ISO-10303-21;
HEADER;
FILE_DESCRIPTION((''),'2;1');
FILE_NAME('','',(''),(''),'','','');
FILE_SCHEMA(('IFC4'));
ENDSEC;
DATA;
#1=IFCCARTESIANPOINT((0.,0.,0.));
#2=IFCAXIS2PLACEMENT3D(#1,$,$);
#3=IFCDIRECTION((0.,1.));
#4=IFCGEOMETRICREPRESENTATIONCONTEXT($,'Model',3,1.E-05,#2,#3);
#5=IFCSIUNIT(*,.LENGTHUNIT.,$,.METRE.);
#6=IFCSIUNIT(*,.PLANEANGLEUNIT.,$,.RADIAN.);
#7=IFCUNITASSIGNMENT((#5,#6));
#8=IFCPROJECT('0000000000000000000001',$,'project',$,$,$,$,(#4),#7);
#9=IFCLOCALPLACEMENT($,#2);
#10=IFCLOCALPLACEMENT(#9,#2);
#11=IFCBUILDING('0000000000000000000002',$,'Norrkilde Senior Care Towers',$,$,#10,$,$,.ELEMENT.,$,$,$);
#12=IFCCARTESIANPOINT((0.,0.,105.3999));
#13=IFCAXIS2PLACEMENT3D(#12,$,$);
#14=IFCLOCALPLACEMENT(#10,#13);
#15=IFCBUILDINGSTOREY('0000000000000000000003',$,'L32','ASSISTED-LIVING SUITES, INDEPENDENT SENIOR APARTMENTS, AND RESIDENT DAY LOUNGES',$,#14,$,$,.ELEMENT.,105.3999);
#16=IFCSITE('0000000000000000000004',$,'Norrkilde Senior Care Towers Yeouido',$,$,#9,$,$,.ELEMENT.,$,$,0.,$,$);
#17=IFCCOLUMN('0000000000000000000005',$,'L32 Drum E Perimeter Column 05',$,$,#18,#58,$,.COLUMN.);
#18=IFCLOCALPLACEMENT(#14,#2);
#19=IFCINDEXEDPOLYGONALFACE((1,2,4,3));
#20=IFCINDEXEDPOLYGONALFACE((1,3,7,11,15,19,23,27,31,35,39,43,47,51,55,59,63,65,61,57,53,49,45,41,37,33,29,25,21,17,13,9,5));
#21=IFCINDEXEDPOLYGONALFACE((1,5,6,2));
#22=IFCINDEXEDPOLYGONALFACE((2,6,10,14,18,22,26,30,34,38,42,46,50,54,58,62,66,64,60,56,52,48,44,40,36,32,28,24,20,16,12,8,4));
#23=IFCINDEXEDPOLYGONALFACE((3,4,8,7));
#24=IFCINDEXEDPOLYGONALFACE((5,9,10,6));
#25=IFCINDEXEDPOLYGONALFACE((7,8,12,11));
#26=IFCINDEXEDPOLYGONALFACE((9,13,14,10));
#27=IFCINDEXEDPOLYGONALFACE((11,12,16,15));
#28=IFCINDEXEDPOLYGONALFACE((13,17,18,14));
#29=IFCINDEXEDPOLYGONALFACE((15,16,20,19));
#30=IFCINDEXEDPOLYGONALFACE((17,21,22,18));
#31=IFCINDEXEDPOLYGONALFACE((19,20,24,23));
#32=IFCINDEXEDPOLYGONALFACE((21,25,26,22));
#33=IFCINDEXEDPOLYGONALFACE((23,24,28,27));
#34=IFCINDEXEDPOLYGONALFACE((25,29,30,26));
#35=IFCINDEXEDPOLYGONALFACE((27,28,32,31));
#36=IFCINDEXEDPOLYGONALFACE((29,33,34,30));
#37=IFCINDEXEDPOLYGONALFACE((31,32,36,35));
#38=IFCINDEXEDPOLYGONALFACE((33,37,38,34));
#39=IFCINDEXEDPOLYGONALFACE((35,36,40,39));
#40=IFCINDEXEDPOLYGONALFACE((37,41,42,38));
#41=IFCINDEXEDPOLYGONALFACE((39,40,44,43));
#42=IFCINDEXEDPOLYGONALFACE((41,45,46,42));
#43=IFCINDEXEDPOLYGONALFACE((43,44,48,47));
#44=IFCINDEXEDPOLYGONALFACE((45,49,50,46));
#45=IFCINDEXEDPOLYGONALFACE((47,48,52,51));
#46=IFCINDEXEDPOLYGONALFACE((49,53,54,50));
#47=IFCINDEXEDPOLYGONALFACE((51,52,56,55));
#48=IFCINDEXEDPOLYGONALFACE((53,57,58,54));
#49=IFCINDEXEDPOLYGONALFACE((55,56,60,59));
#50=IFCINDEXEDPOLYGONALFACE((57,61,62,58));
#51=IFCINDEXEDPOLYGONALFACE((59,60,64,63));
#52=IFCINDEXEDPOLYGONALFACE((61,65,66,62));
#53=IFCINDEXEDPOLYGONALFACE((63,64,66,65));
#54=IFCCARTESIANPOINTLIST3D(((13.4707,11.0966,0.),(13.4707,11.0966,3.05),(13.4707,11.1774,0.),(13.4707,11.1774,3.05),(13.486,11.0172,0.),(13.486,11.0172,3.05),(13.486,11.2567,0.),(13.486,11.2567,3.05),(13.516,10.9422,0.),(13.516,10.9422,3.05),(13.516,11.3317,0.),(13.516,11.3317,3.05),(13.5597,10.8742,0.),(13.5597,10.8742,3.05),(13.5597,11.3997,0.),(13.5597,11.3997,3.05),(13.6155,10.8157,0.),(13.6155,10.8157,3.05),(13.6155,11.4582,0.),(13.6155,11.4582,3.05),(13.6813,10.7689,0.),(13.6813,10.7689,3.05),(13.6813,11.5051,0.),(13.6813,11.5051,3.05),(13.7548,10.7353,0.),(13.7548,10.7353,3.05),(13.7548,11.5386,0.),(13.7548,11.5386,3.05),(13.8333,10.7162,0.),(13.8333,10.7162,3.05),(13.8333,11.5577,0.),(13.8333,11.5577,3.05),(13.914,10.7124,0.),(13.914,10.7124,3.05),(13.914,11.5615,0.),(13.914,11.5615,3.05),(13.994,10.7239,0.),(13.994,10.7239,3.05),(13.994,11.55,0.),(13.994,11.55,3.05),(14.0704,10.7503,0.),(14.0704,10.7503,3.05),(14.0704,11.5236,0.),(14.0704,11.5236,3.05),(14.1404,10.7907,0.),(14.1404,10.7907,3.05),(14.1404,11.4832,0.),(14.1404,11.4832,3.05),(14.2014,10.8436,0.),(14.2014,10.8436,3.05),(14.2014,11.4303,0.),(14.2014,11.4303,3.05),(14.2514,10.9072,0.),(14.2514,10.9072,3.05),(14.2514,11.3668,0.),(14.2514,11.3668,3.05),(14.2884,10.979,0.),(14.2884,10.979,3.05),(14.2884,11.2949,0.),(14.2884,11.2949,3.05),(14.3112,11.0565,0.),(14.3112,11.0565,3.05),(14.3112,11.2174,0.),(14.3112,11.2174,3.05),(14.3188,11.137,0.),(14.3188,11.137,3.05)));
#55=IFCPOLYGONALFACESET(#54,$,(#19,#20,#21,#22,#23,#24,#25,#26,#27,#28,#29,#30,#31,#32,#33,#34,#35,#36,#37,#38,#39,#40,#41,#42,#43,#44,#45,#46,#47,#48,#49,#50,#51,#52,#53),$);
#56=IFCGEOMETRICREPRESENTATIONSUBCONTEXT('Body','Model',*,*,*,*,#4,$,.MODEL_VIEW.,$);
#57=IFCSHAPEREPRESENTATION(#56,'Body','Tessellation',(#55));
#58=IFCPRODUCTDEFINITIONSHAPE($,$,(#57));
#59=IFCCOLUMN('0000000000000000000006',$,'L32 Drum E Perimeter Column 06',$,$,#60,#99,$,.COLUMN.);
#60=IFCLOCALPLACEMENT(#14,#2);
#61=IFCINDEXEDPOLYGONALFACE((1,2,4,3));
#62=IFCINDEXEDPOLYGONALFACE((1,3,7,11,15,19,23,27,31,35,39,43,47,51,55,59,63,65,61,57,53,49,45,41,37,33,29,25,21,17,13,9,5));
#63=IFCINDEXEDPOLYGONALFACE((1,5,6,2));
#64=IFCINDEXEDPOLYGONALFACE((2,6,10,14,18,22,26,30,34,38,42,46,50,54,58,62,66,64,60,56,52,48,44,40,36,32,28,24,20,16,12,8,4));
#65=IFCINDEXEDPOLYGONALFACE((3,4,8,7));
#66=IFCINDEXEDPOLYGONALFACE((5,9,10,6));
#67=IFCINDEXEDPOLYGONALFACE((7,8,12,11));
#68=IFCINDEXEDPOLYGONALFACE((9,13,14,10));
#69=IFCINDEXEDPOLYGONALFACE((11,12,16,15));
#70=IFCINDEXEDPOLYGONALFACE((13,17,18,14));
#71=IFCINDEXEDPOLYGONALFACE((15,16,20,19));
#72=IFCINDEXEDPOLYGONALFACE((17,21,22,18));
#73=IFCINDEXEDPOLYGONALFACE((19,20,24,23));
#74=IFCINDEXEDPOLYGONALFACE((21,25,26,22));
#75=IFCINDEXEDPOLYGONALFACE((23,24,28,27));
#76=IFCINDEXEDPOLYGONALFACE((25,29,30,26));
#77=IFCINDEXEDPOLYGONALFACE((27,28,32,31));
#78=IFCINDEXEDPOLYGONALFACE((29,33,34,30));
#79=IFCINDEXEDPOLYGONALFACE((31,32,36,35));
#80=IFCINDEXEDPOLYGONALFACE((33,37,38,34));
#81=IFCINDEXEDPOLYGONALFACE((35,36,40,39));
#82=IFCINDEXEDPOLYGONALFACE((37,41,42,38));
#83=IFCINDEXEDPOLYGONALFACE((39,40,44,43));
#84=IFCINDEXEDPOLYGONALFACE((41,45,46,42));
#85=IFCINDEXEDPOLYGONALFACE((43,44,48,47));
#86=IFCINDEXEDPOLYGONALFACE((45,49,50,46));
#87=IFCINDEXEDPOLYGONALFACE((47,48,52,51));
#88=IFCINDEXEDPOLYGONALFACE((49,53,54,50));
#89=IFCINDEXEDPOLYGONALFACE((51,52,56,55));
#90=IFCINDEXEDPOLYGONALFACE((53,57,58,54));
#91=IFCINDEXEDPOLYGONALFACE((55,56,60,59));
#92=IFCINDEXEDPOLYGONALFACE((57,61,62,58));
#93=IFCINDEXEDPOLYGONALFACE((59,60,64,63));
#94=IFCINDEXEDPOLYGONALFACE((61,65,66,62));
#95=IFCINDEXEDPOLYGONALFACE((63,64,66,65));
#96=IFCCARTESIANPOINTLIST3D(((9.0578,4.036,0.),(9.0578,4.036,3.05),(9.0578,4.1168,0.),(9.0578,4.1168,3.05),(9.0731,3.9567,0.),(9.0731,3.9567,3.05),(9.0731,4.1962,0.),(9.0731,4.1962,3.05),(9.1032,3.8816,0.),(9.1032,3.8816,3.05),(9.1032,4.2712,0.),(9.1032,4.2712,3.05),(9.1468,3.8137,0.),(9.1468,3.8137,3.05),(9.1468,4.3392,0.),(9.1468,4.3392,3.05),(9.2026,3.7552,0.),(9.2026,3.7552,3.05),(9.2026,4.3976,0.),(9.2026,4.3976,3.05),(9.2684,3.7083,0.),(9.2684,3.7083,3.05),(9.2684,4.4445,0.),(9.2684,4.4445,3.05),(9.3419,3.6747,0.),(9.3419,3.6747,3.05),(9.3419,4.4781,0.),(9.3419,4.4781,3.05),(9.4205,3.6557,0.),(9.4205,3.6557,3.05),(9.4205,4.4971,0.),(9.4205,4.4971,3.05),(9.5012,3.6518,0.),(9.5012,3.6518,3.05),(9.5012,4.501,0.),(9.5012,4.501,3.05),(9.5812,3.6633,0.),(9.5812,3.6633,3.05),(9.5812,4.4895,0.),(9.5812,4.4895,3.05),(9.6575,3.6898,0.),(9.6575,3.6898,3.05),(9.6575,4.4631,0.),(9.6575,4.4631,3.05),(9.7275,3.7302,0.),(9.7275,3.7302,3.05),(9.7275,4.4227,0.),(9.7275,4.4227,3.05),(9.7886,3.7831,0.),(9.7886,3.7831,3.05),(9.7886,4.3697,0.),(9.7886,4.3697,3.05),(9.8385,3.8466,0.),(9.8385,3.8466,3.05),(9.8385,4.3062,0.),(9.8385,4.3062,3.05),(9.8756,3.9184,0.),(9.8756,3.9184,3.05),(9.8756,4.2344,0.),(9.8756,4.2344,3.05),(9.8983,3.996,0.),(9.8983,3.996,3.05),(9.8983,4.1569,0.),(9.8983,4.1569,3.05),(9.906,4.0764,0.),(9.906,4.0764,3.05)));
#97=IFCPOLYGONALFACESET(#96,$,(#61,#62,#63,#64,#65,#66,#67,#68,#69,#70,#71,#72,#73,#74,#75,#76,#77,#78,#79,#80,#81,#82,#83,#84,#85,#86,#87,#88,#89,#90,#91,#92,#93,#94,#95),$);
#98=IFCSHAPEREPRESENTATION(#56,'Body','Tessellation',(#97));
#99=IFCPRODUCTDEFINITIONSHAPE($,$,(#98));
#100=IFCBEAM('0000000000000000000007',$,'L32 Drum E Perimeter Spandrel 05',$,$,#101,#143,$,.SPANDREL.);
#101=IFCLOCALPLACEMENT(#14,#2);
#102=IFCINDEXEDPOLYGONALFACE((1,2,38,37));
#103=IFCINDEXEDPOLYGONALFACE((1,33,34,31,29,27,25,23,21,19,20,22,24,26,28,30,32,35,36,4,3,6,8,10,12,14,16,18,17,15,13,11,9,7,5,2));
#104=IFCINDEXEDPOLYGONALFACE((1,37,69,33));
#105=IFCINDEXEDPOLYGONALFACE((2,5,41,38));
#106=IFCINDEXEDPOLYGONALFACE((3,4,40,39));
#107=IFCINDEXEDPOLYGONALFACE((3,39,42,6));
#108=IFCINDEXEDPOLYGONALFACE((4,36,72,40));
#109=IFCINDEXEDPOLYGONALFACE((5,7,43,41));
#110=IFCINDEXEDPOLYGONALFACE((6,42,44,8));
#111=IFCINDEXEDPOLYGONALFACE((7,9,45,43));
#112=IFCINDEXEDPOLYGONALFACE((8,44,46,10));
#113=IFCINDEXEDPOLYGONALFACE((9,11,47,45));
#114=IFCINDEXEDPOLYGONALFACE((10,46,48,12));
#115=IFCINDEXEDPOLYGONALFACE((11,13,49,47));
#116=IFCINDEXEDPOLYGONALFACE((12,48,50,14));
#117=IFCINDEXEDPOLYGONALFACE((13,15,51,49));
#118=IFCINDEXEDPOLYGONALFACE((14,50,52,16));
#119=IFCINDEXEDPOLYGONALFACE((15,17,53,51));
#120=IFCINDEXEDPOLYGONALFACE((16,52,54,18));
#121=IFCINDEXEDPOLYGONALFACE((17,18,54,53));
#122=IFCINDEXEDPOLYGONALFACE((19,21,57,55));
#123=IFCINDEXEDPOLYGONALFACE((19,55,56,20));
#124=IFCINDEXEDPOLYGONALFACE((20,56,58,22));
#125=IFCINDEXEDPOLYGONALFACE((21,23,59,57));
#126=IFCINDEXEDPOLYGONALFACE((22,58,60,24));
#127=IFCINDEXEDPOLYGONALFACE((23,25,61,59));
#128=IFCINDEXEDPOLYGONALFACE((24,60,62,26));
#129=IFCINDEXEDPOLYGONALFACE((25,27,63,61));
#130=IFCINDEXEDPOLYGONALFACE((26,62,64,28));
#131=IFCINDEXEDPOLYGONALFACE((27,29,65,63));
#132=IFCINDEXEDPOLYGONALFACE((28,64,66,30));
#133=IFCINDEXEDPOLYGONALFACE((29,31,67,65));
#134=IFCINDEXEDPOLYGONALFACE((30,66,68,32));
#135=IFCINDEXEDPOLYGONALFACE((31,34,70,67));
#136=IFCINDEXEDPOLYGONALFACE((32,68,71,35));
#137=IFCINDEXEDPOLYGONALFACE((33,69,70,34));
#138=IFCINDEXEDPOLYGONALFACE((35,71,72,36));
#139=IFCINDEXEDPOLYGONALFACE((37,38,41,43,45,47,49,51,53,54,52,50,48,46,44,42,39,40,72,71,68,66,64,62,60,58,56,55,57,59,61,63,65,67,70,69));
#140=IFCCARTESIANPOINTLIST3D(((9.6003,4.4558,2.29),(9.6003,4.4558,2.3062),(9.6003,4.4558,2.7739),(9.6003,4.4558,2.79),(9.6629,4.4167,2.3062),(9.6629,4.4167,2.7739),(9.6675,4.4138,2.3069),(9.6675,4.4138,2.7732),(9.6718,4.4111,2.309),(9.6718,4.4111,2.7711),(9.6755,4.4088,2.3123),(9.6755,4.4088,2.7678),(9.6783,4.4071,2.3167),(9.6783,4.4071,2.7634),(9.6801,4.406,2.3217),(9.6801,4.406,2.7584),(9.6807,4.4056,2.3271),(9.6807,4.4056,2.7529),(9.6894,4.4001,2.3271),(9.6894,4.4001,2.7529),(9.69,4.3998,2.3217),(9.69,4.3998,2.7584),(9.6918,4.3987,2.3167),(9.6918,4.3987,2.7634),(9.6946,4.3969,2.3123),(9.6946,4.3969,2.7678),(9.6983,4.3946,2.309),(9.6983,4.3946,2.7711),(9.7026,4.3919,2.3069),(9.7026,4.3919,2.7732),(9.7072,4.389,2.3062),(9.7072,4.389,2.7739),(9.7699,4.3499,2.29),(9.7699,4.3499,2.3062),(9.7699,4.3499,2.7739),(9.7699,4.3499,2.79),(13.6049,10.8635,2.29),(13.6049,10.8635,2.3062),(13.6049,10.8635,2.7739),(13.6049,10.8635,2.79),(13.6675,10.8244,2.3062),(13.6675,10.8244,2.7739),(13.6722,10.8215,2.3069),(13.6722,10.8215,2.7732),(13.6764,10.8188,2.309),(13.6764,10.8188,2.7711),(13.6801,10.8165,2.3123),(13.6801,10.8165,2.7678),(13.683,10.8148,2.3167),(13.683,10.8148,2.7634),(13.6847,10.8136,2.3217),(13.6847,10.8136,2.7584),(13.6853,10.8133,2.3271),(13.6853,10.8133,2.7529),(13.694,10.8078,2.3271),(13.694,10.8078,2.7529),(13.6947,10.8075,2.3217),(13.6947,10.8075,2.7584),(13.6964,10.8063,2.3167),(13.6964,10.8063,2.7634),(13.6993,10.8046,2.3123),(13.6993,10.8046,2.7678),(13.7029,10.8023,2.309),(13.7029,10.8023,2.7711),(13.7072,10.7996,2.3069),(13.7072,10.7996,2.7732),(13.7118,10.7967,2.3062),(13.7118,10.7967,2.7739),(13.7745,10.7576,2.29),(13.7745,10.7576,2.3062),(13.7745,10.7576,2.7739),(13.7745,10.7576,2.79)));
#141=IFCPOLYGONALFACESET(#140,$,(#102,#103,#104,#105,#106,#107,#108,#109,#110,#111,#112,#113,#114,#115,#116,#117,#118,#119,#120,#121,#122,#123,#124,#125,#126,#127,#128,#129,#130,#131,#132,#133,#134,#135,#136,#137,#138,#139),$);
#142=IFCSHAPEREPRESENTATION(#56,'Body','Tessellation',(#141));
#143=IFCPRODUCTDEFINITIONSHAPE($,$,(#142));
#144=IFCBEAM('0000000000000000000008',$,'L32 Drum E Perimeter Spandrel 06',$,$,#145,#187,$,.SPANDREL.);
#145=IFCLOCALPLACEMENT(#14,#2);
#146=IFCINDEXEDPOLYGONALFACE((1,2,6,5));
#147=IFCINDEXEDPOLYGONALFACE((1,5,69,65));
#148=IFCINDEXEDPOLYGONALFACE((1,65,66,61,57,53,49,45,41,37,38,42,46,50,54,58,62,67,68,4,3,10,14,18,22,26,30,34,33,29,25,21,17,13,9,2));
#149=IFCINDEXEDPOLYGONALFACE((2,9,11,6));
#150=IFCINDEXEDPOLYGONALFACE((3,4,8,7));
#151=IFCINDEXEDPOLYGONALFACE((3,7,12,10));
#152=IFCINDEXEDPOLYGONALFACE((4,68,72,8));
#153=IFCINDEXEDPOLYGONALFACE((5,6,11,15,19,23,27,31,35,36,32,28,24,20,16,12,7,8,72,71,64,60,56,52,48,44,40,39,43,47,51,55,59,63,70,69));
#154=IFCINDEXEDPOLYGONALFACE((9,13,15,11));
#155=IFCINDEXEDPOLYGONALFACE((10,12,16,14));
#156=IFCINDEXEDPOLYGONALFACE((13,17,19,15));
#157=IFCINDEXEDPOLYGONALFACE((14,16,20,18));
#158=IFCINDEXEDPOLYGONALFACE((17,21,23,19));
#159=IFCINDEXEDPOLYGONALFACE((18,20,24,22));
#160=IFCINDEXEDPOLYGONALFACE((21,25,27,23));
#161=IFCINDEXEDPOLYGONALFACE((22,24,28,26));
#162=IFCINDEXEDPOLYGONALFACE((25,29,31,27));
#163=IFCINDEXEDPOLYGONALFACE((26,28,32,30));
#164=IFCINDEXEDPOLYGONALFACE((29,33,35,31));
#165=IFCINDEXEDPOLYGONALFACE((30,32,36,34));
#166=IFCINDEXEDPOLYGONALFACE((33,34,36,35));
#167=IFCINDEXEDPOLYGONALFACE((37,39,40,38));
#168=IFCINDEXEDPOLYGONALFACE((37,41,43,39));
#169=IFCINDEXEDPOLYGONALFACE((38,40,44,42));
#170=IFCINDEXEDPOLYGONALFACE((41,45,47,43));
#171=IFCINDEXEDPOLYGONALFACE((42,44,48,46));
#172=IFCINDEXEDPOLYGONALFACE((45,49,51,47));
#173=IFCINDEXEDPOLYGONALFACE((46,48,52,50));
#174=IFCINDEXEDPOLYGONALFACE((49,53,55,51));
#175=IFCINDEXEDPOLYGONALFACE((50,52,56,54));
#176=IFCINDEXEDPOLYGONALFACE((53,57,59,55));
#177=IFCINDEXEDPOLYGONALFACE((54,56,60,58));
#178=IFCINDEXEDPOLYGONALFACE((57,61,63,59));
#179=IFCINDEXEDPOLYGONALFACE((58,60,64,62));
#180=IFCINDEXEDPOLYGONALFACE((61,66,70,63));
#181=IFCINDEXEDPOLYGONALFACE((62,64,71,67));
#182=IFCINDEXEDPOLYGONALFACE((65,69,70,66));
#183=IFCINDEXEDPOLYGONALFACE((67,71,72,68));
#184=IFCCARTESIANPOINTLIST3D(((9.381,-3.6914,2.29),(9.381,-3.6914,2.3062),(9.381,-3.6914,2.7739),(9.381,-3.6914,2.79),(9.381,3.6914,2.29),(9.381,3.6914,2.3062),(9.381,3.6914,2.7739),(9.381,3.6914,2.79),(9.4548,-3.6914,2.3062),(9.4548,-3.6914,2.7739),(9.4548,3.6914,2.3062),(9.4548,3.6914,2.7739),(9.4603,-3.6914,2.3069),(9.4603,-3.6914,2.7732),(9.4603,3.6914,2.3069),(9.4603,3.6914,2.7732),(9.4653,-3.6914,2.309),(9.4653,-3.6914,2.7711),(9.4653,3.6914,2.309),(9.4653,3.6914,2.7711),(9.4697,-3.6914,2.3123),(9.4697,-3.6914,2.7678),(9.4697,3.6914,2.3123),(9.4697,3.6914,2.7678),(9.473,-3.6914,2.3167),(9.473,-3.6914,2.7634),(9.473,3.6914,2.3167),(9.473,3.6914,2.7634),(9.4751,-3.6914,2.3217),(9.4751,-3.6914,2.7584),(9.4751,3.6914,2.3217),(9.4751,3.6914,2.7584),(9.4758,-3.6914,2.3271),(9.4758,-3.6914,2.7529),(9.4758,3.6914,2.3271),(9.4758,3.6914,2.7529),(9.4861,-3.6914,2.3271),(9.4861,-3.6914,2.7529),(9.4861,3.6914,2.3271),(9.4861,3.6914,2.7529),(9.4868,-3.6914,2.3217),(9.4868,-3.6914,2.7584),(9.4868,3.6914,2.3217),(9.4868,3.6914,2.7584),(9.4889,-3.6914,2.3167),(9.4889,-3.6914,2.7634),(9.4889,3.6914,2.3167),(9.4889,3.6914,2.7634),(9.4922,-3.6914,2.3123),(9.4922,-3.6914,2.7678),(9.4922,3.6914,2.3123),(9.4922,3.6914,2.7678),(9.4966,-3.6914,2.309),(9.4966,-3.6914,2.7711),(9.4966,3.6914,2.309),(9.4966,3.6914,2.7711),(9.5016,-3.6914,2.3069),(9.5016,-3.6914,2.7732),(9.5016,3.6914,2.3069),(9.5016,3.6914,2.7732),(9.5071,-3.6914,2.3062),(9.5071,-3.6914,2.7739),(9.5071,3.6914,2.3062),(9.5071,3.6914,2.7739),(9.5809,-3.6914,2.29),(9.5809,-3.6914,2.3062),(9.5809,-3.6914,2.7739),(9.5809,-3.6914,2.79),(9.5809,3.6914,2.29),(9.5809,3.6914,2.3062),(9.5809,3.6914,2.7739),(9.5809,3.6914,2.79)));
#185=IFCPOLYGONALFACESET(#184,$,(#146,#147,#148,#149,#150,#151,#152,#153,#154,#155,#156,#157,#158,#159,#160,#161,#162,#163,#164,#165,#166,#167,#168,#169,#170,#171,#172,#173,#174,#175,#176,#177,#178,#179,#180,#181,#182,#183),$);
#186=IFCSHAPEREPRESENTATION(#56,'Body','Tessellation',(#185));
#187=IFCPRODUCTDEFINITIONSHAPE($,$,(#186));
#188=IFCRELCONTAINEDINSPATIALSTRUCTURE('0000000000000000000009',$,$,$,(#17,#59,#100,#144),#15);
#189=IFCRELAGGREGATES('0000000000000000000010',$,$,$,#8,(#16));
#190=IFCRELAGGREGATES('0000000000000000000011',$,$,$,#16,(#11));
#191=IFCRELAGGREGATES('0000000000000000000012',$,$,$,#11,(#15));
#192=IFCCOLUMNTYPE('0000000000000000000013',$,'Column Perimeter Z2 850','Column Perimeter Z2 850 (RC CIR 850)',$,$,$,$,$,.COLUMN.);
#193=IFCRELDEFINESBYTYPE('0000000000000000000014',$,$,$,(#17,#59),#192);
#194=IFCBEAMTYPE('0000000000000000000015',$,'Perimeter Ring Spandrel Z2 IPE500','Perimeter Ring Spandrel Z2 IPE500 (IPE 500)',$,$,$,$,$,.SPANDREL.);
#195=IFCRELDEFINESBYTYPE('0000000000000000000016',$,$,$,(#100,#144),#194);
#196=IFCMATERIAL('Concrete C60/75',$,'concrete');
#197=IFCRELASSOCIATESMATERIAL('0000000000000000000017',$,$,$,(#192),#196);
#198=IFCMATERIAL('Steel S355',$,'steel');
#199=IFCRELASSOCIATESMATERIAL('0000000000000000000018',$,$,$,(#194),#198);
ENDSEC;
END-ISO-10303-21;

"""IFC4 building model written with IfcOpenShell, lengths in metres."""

from ifc_helpers import new_model, si_unit, direction, frame, origin, origin_2d, place, context, subcontext, project, spatial, circle, i_section, extrude, source, transform, mapped, material, material_profile, profile_set, type_object, type_shapes, element, save


model = new_model("IFC4")

# Units and contexts
model_context = context("Model", 3, precision=1e-05, world=origin(), true_north=direction((0.0, 1.0)))
body_context = subcontext(model_context, "Body", "Model", "MODEL_VIEW")
ifc_project = project(units=[si_unit("LENGTHUNIT", "METRE"), si_unit("PLANEANGLEUNIT", "RADIAN")], contexts=[model_context])

# Site, building, storey
site_placement = place(None, origin())
site = spatial("IfcSite", under=ifc_project, at=site_placement, Name="Norrkilde Senior Care Towers Yeouido", CompositionType="ELEMENT", RefElevation=0.0)
building_placement = place(site_placement, origin())
building = spatial("IfcBuilding", under=site, at=building_placement, Name="Norrkilde Senior Care Towers", CompositionType="ELEMENT")
storey_placement = place(building_placement, frame((0.0, 0.0, 105.3999)))
storey = spatial("IfcBuildingStorey", under=building, at=storey_placement, Name="L32", Description="ASSISTED-LIVING SUITES, INDEPENDENT SENIOR APARTMENTS, AND RESIDENT DAY LOUNGES", CompositionType="ELEMENT", Elevation=105.3999)

# Columns
ifc_material_1 = material(Name="Concrete C60/75", Category="concrete")
ifc_material_profile_1 = material_profile(ifc_material_1, circle(Radius=0.425, at=origin_2d()), Name="RC CIR 850")
ifc_profile_set_1 = profile_set([ifc_material_profile_1], Name="Concrete C60/75")
column_type = type_object("IfcColumnType", Name="Column Perimeter Z2 850", Description="Column Perimeter Z2 850 (RC CIR 850)", PredefinedType="COLUMN", material=ifc_profile_set_1)
shared_shape_1 = source(origin(), body_context, "Body", "SweptSolid", [
    extrude(circle(Radius=0.425, at=origin_2d()), origin(), (0.0, 0.0, 1.0), 3.05),
])
type_shapes(column_type, [shared_shape_1])
for number, where, z_axis, x_axis, name in (
    (1, (13.8938, 11.137, 0.0), (0.0, 0.0, 1.0), (1.0, 0.0, 0.0), "L32 Drum E Perimeter Column 05"),
    (2, (9.481, 4.0764, 0.0), (0.0, 0.0, 1.0), (1.0, 0.0, 0.0), "L32 Drum E Perimeter Column 06"),
):
    element("IfcColumn", number, at=place(storey_placement, frame(where, z_axis=z_axis, x_axis=x_axis)), inside=storey, type_object=column_type, Name=name, PredefinedType="COLUMN", context=body_context, shape_type="MappedRepresentation", body=[
        mapped(shared_shape_1, transform((0.0, 0.0, 0.0), x_axis=(1.0, 0.0, 0.0), y_axis=(0.0, 1.0, 0.0), z_axis=(0.0, 0.0, 1.0), scale=1.0)),
    ])

# Beams
ifc_material_2 = material(Name="Steel S355", Category="steel")
ifc_material_profile_2 = material_profile(ifc_material_2, i_section(OverallWidth=0.2, OverallDepth=0.5, WebThickness=0.0103, FlangeThickness=0.0161, FilletRadius=0.021, at=origin_2d()), Name="IPE 500")
ifc_profile_set_2 = profile_set([ifc_material_profile_2], Name="Steel S355")
beam_type = type_object("IfcBeamType", Name="Perimeter Ring Spandrel Z2 IPE500", Description="Perimeter Ring Spandrel Z2 IPE500 (IPE 500)", PredefinedType="SPANDREL", material=ifc_profile_set_2)
shared_shape_2 = source(origin(), body_context, "Body", "SweptSolid", [
    extrude(i_section(OverallWidth=0.2, OverallDepth=0.5, WebThickness=0.0103, FlangeThickness=0.0161, FilletRadius=0.021, at=origin_2d()), origin(), (0.0, 0.0, 1.0), 7.5562),
])
beam_1_placement = place(storey_placement, frame((13.6897, 10.8105, 2.54), z_axis=(-0.529982, -0.848009, 0.0), x_axis=(0.848009, -0.529982, 0.0)))
element("IfcBeam", 3, at=beam_1_placement, inside=storey, type_object=beam_type, Name="L32 Drum E Perimeter Spandrel 05", PredefinedType="SPANDREL", context=body_context, shape_type="MappedRepresentation", body=[
    mapped(shared_shape_2, transform((0.0, 0.0, 0.0), x_axis=(1.0, 0.0, 0.0), y_axis=(0.0, 1.0, 0.0), z_axis=(0.0, 0.0, 1.0), scale=1.0)),
])
shared_shape_3 = source(origin(), body_context, "Body", "SweptSolid", [
    extrude(i_section(OverallWidth=0.2, OverallDepth=0.5, WebThickness=0.0103, FlangeThickness=0.0161, FilletRadius=0.021, at=origin_2d()), origin(), (0.0, 0.0, 1.0), 7.3828),
])
type_shapes(beam_type, [shared_shape_2, shared_shape_3])
beam_2_placement = place(storey_placement, frame((9.481, 3.6914, 2.54), z_axis=(0.0, -1.0, 0.0), x_axis=(1.0, 0.0, 0.0)))
element("IfcBeam", 4, at=beam_2_placement, inside=storey, type_object=beam_type, Name="L32 Drum E Perimeter Spandrel 06", PredefinedType="SPANDREL", context=body_context, shape_type="MappedRepresentation", body=[
    mapped(shared_shape_3, transform((0.0, 0.0, 0.0), x_axis=(1.0, 0.0, 0.0), y_axis=(0.0, 1.0, 0.0), z_axis=(0.0, 0.0, 1.0), scale=1.0)),
])

save(model, "model.ifc")
